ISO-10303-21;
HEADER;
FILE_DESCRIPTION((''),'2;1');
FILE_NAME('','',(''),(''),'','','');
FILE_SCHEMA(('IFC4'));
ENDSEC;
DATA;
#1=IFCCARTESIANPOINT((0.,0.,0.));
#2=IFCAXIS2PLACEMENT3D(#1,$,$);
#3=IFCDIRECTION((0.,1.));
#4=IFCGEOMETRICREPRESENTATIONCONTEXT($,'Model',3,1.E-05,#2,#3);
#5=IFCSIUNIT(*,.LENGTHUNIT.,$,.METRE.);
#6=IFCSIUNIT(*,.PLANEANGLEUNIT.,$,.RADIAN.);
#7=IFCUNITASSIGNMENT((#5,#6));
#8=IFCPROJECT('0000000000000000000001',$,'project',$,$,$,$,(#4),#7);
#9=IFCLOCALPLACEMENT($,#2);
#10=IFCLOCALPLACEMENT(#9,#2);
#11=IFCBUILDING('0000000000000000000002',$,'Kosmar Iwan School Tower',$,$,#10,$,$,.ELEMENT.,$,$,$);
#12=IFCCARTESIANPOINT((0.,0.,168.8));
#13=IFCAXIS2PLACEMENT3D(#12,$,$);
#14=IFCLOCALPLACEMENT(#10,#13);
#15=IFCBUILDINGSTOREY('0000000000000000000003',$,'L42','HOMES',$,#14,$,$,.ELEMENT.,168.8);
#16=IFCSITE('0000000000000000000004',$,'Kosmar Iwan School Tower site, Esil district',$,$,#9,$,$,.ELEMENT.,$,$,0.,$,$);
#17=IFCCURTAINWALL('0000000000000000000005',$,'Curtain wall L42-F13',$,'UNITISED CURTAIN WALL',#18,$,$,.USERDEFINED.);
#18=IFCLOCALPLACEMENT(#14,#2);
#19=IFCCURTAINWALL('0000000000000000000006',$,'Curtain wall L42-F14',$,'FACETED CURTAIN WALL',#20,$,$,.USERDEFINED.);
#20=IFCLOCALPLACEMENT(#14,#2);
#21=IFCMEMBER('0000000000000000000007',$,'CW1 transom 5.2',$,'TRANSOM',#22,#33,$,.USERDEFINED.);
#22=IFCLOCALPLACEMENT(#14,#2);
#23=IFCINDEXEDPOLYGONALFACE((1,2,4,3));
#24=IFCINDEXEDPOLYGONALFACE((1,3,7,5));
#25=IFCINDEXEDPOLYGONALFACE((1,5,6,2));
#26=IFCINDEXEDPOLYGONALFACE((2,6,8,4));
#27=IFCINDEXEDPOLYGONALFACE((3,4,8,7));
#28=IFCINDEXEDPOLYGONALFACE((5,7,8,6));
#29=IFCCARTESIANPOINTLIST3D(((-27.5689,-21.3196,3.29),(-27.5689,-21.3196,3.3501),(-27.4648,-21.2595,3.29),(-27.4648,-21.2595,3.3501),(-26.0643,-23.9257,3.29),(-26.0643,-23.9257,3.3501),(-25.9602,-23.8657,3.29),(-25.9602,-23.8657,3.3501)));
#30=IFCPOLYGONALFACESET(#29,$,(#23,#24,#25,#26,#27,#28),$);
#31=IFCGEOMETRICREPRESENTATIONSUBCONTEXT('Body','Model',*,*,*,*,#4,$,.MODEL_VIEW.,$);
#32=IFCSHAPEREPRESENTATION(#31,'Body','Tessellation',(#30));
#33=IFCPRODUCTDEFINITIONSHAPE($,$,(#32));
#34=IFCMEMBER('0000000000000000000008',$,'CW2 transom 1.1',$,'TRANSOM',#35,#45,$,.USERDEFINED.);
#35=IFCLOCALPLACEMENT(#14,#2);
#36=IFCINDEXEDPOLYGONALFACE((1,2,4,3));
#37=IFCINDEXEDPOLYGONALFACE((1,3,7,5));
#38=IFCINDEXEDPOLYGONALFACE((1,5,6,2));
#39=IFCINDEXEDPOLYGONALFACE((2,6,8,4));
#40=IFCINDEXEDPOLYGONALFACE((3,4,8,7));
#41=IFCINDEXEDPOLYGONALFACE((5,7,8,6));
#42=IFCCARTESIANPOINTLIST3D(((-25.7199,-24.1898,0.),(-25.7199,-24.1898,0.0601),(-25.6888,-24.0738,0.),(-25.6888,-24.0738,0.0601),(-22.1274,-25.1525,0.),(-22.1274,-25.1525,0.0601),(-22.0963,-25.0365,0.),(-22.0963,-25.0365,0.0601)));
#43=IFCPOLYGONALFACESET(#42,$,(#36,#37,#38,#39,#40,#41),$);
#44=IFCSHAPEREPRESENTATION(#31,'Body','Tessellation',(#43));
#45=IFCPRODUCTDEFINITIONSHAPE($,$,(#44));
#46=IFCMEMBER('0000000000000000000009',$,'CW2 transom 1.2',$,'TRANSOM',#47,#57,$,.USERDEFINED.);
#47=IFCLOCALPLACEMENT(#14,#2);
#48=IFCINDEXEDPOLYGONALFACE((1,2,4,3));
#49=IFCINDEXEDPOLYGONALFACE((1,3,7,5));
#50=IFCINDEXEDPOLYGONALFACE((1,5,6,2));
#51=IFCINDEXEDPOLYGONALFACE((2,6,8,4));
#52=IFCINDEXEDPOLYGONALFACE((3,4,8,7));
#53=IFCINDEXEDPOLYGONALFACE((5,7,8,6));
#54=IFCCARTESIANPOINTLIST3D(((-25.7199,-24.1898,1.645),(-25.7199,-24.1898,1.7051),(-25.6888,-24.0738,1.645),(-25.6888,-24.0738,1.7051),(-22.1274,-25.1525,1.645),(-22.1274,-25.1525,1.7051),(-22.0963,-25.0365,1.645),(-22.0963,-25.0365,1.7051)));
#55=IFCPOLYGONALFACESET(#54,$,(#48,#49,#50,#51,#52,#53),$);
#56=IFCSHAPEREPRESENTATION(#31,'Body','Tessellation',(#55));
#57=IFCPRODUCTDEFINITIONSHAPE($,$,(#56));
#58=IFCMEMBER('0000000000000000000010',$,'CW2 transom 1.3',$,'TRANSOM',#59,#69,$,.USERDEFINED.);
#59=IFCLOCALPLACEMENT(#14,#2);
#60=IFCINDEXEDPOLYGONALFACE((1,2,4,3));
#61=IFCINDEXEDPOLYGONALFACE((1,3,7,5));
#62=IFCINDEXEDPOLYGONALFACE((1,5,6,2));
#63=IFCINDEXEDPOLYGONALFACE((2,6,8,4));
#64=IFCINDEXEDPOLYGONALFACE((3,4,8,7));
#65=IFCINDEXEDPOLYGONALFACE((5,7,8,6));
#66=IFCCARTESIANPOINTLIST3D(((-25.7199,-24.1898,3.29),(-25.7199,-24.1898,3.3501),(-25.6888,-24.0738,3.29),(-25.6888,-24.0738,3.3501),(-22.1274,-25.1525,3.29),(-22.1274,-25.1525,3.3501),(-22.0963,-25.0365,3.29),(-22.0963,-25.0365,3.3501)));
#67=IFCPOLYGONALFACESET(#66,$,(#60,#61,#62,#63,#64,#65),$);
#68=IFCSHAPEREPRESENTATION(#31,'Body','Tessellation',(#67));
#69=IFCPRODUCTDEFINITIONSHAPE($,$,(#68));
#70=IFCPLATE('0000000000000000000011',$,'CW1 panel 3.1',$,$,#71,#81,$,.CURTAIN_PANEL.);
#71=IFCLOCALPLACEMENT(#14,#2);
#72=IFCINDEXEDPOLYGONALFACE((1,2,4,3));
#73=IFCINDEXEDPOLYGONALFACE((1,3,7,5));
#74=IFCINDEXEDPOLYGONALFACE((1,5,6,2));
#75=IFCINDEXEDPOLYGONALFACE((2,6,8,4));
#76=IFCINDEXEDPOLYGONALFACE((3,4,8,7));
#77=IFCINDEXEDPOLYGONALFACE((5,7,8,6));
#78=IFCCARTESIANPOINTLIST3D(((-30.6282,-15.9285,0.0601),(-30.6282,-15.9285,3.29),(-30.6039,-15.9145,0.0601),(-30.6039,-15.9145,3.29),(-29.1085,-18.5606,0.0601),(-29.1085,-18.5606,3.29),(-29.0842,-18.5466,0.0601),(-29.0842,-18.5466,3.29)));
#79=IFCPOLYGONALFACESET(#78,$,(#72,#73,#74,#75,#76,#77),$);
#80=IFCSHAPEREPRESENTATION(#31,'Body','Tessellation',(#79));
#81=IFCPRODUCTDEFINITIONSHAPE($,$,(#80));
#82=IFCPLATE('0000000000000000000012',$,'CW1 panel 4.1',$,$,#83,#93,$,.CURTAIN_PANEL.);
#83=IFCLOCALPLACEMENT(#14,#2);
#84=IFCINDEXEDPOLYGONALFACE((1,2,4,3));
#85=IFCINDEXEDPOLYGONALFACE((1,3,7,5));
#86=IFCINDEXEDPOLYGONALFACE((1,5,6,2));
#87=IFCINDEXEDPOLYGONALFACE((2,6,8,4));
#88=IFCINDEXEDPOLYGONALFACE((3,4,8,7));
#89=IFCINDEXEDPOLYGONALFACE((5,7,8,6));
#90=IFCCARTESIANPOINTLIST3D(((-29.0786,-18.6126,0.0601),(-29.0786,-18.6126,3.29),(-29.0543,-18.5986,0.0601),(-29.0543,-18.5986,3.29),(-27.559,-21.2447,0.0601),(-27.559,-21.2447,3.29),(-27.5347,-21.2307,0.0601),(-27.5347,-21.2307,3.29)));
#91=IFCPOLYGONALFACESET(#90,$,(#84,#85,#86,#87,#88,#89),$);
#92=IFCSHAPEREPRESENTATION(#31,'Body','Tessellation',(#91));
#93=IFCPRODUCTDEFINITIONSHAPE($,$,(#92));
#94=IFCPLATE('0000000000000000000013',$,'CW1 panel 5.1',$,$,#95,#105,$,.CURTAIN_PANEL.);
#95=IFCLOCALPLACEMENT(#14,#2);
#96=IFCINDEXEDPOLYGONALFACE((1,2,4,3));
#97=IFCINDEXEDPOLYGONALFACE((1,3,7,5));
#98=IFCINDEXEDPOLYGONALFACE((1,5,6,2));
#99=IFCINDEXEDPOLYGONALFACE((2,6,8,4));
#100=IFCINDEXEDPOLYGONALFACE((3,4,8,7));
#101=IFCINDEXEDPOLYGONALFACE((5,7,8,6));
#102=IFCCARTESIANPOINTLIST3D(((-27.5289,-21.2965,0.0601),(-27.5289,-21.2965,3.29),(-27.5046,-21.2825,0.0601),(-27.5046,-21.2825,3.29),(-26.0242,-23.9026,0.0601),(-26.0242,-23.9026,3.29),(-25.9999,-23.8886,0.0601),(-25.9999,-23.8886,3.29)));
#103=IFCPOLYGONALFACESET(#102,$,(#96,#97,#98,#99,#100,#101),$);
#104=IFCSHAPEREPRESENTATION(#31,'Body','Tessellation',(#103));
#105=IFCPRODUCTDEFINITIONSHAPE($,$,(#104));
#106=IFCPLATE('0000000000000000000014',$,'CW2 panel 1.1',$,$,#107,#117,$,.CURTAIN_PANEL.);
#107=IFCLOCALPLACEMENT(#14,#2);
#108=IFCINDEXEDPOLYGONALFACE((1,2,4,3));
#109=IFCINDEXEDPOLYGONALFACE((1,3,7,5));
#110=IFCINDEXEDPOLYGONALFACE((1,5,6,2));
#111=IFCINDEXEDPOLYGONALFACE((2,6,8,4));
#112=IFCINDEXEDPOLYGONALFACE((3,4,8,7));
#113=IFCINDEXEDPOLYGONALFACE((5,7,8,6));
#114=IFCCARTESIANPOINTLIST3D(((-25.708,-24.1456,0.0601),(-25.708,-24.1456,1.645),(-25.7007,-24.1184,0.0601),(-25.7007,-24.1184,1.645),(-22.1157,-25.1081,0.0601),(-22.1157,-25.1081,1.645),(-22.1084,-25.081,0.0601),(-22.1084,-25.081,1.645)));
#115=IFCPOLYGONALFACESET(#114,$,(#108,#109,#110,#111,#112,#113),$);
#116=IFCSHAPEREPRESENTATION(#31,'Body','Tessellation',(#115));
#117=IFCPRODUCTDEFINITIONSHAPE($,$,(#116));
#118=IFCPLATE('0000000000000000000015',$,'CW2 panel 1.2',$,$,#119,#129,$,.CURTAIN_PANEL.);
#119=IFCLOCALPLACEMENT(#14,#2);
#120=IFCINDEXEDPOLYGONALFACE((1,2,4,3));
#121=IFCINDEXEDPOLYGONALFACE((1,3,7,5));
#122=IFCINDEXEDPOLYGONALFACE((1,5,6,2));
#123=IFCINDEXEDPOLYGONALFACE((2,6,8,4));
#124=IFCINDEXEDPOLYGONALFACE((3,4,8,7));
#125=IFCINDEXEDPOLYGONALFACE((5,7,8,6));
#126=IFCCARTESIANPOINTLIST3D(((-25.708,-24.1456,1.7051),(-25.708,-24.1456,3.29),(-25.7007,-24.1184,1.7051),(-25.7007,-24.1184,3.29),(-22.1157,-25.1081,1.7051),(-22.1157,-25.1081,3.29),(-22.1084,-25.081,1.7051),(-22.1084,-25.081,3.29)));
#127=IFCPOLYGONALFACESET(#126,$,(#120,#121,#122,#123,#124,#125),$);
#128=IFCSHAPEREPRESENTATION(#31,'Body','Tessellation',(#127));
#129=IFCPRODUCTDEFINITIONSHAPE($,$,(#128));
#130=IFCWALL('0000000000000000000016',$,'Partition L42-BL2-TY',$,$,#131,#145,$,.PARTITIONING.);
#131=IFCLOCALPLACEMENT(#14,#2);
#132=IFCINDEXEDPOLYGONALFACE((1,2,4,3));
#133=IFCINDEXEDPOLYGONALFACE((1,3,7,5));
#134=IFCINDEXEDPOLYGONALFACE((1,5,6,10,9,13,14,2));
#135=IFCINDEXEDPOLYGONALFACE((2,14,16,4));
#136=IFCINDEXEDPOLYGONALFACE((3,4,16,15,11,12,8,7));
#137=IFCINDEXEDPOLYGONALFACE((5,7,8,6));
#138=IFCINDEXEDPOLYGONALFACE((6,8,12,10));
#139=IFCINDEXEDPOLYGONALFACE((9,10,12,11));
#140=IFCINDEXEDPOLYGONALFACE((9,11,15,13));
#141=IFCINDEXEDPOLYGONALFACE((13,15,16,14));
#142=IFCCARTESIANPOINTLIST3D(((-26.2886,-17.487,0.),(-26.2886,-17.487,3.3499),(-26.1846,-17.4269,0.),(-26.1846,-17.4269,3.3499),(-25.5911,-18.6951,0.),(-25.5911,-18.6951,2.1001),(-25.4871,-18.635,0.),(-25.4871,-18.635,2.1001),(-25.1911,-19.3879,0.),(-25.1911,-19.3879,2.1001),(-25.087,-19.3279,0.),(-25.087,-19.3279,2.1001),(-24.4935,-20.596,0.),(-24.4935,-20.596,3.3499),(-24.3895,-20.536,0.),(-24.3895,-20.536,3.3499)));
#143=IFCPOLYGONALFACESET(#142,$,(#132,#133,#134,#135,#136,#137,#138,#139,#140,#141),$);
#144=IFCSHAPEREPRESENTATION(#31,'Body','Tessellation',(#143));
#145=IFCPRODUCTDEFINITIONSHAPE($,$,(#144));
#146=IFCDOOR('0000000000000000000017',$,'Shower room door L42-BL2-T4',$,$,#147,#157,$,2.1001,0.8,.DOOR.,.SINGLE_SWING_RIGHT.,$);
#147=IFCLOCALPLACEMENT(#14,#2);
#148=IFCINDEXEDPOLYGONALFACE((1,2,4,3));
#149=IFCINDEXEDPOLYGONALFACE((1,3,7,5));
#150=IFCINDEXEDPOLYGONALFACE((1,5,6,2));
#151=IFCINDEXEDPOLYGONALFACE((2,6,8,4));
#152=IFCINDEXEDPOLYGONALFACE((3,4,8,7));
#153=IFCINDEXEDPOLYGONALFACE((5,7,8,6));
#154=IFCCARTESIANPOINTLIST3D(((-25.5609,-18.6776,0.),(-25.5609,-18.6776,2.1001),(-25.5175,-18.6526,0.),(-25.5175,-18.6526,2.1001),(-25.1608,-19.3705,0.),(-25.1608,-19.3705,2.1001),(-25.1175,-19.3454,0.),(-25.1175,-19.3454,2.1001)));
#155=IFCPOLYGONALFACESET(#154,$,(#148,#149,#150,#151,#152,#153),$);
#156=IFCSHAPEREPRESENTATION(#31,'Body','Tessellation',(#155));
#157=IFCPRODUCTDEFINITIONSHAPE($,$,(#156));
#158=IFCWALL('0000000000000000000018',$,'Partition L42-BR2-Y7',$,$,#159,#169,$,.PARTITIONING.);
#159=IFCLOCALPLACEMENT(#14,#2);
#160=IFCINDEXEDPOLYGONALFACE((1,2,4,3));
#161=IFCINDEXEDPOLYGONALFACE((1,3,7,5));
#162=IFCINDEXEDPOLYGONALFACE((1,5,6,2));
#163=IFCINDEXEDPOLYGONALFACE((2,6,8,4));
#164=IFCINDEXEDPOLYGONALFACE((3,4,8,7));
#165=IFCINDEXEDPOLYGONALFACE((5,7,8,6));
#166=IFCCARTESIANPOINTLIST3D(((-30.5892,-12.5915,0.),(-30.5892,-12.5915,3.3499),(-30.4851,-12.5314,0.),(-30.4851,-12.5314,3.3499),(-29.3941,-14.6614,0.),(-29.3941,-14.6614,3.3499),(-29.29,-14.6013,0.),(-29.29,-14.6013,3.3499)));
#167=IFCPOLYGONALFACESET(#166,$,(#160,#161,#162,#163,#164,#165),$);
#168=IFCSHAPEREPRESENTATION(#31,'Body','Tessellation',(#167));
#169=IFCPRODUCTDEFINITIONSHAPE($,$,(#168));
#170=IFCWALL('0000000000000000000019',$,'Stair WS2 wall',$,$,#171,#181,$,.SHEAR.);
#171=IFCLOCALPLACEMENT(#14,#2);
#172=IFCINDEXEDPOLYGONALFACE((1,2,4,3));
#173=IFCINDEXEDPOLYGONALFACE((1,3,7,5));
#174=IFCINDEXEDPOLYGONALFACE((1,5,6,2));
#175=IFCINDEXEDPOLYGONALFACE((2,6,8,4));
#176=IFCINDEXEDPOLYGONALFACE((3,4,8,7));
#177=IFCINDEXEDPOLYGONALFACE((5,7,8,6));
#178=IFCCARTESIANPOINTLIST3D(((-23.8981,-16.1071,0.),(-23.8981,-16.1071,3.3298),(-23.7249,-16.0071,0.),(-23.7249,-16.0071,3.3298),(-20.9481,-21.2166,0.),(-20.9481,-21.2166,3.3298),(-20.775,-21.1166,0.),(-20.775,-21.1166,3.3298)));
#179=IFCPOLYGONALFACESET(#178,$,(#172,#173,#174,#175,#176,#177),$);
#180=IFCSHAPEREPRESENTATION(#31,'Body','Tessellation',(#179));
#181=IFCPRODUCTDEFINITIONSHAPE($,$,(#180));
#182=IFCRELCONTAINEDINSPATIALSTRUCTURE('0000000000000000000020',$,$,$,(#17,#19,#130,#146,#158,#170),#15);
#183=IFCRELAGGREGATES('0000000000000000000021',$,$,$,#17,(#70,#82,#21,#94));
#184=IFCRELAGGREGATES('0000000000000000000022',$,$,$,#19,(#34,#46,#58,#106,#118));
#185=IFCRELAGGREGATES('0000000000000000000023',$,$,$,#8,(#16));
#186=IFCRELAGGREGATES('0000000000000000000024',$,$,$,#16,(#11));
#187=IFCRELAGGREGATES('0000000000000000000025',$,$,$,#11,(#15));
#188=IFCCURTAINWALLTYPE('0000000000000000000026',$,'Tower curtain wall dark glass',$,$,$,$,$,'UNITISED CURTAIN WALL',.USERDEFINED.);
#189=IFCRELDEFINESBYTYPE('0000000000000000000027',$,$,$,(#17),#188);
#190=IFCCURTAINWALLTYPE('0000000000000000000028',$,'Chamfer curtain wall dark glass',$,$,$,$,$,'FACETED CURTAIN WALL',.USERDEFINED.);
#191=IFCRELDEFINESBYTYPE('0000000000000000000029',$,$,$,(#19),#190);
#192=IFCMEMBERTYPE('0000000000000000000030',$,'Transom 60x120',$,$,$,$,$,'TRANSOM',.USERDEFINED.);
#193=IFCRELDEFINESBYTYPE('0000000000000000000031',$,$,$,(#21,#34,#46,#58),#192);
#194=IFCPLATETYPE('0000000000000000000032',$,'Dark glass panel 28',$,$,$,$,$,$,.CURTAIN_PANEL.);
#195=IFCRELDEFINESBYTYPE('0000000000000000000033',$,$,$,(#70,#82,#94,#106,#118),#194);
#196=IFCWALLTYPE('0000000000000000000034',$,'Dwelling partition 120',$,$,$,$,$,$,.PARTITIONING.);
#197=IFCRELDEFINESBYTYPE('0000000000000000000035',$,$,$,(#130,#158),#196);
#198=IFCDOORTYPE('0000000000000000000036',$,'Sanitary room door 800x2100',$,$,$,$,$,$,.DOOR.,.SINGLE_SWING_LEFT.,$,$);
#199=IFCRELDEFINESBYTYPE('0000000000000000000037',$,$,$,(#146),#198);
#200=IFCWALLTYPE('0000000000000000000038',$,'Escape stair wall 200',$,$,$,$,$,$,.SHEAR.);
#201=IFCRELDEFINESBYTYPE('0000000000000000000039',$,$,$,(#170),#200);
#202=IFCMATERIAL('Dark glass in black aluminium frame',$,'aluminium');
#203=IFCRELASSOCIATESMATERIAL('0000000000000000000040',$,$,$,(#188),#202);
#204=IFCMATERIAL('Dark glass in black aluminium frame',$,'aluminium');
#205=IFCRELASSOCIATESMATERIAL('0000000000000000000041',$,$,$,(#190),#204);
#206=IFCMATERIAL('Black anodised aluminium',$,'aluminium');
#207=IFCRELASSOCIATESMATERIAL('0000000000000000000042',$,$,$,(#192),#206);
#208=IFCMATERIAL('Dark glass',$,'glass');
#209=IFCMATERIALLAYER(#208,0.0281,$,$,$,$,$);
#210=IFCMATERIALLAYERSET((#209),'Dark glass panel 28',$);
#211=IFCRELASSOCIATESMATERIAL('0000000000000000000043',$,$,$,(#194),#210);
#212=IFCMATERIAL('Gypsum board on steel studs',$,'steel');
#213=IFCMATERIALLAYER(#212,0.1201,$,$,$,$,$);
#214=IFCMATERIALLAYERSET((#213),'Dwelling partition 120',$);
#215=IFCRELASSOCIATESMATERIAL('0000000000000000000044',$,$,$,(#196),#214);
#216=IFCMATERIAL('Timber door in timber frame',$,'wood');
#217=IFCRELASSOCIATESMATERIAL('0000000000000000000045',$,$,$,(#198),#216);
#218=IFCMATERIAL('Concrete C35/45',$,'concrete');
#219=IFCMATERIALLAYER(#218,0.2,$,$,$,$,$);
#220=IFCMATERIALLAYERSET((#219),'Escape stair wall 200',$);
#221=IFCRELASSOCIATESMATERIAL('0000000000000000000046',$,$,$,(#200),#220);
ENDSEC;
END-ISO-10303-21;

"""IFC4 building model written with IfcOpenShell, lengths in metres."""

from ifc_helpers import new_model, si_unit, direction, frame, frame_2d, origin, origin_2d, place, context, subcontext, project, spatial, rectangle, extrude, material, layer, layer_set, material_profile, profile_set, type_object, element, fill, aggregate, save


model = new_model("IFC4")

# Units and contexts
model_context = context("Model", 3, precision=1e-05, world=origin(), true_north=direction((0.0, 1.0)))
body_context = subcontext(model_context, "Body", "Model", "MODEL_VIEW")
ifc_project = project(units=[si_unit("LENGTHUNIT", "METRE"), si_unit("PLANEANGLEUNIT", "RADIAN")], contexts=[model_context])

# Site, building, storey
site_placement = place(None, origin())
site = spatial("IfcSite", under=ifc_project, at=site_placement, Name="Kosmar Iwan School Tower site, Esil district", CompositionType="ELEMENT", RefElevation=0.0)
building_placement = place(site_placement, origin())
building = spatial("IfcBuilding", under=site, at=building_placement, Name="Kosmar Iwan School Tower", CompositionType="ELEMENT")
storey_placement = place(building_placement, frame((0.0, 0.0, 168.8)))
storey = spatial("IfcBuildingStorey", under=building, at=storey_placement, Name="L42", Description="HOMES", CompositionType="ELEMENT", Elevation=168.8)

# Curtain wall
ifc_material_1 = material(Name="Dark glass in black aluminium frame", Category="aluminium")
curtain_wall_type_1 = type_object("IfcCurtainWallType", Name="Tower curtain wall dark glass", ElementType="UNITISED CURTAIN WALL", PredefinedType="USERDEFINED", material=ifc_material_1)
curtain_wall_1_placement = place(storey_placement, origin())
curtain_wall_1 = element("IfcCurtainWall", 1, at=curtain_wall_1_placement, inside=storey, type_object=curtain_wall_type_1, Name="Curtain wall L42-F13", ObjectType="UNITISED CURTAIN WALL", PredefinedType="USERDEFINED")

# Curtain wall
ifc_material_2 = material(Name="Dark glass in black aluminium frame", Category="aluminium")
curtain_wall_type_2 = type_object("IfcCurtainWallType", Name="Chamfer curtain wall dark glass", ElementType="FACETED CURTAIN WALL", PredefinedType="USERDEFINED", material=ifc_material_2)
curtain_wall_2_placement = place(storey_placement, origin())
curtain_wall_2 = element("IfcCurtainWall", 2, at=curtain_wall_2_placement, inside=storey, type_object=curtain_wall_type_2, Name="Curtain wall L42-F14", ObjectType="FACETED CURTAIN WALL", PredefinedType="USERDEFINED")

# Members
ifc_material_3 = material(Name="Black anodised aluminium", Category="aluminium")
ifc_material_profile_1 = material_profile(ifc_material_3, rectangle(XDim=0.1201, YDim=0.0601, at=origin_2d()), Name="TRANSOM 60x120")
ifc_profile_set_1 = profile_set([ifc_material_profile_1], Name="Black anodised aluminium")
member_type_1 = type_object("IfcMemberType", Name="Transom 60x120", ElementType="TRANSOM", PredefinedType="USERDEFINED", material=ifc_profile_set_1)
member_1_placement = place(storey_placement, frame((-27.5168, -21.2896, 3.3201), z_axis=(0.499987, -0.866033, 0.0), x_axis=(0.866033, 0.499987, 0.0)))
member_1 = element("IfcMember", 3, at=member_1_placement, type_object=member_type_1, Name="CW1 transom 5.2", ObjectType="TRANSOM", PredefinedType="USERDEFINED", context=body_context, shape_type="SweptSolid", body=[
    extrude(rectangle(XDim=0.1201, YDim=0.0601, at=origin_2d()), origin(), (0.0, 0.0, 1.0), 3.0093),
])
member_2_placement = place(storey_placement, frame((-25.7043, -24.1318, 0.03), z_axis=(0.965924, -0.258827, 0.0), x_axis=(0.258827, 0.965924, 0.0)))
member_2 = element("IfcMember", 4, at=member_2_placement, type_object=member_type_1, Name="CW2 transom 1.1", ObjectType="TRANSOM", PredefinedType="USERDEFINED", context=body_context, shape_type="SweptSolid", body=[
    extrude(rectangle(XDim=0.1201, YDim=0.0601, at=origin_2d()), origin(), (0.0, 0.0, 1.0), 3.7192),
])
member_3_placement = place(storey_placement, frame((-25.7043, -24.1318, 1.675), z_axis=(0.965924, -0.258827, 0.0), x_axis=(0.258827, 0.965924, 0.0)))
member_3 = element("IfcMember", 5, at=member_3_placement, type_object=member_type_1, Name="CW2 transom 1.2", ObjectType="TRANSOM", PredefinedType="USERDEFINED", context=body_context, shape_type="SweptSolid", body=[
    extrude(rectangle(XDim=0.1201, YDim=0.0601, at=origin_2d()), origin(), (0.0, 0.0, 1.0), 3.7192),
])
member_4_placement = place(storey_placement, frame((-25.7043, -24.1318, 3.3201), z_axis=(0.965924, -0.258827, 0.0), x_axis=(0.258827, 0.965924, 0.0)))
member_4 = element("IfcMember", 6, at=member_4_placement, type_object=member_type_1, Name="CW2 transom 1.3", ObjectType="TRANSOM", PredefinedType="USERDEFINED", context=body_context, shape_type="SweptSolid", body=[
    extrude(rectangle(XDim=0.1201, YDim=0.0601, at=origin_2d()), origin(), (0.0, 0.0, 1.0), 3.7192),
])

# Plates
ifc_material_4 = material(Name="Dark glass", Category="glass")
ifc_layer_1 = layer(ifc_material_4, 0.0281)
ifc_layer_set_1 = layer_set([ifc_layer_1], Name="Dark glass panel 28")
plate_type = type_object("IfcPlateType", Name="Dark glass panel 28", PredefinedType="CURTAIN_PANEL", material=ifc_layer_set_1)
plate_1_placement = place(storey_placement, frame((-29.8562, -17.2375, 0.0601), z_axis=(0.0, 0.0, 1.0), x_axis=(0.5, -0.866025, 0.0)))
plate_1 = element("IfcPlate", 7, at=plate_1_placement, type_object=plate_type, Name="CW1 panel 3.1", PredefinedType="CURTAIN_PANEL", context=body_context, shape_type="SweptSolid", body=[
    extrude(rectangle(XDim=3.0393, YDim=0.0281, at=origin_2d()), origin(), (0.0, 0.0, 1.0), 3.23),
])
plate_2_placement = place(storey_placement, frame((-28.3066, -19.9216, 0.0601), z_axis=(0.0, 0.0, 1.0), x_axis=(0.5, -0.866025, 0.0)))
plate_2 = element("IfcPlate", 8, at=plate_2_placement, type_object=plate_type, Name="CW1 panel 4.1", PredefinedType="CURTAIN_PANEL", context=body_context, shape_type="SweptSolid", body=[
    extrude(rectangle(XDim=3.0393, YDim=0.0281, at=origin_2d()), origin(), (0.0, 0.0, 1.0), 3.23),
])
plate_3_placement = place(storey_placement, frame((-26.7644, -22.5925, 0.0601), z_axis=(0.0, 0.0, 1.0), x_axis=(0.5, -0.866025, 0.0)))
plate_3 = element("IfcPlate", 9, at=plate_3_placement, type_object=plate_type, Name="CW1 panel 5.1", PredefinedType="CURTAIN_PANEL", context=body_context, shape_type="SweptSolid", body=[
    extrude(rectangle(XDim=3.0093, YDim=0.0281, at=origin_2d()), origin(), (0.0, 0.0, 1.0), 3.23),
])
aggregate(curtain_wall_1, [plate_1, plate_2, member_1, plate_3])
plate_4_placement = place(storey_placement, frame((-23.9082, -24.6133, 0.0601), z_axis=(0.0, 0.0, 1.0), x_axis=(0.965926, -0.258819, 0.0)))
plate_4 = element("IfcPlate", 10, at=plate_4_placement, type_object=plate_type, Name="CW2 panel 1.1", PredefinedType="CURTAIN_PANEL", context=body_context, shape_type="SweptSolid", body=[
    extrude(rectangle(XDim=3.719, YDim=0.0281, at=origin_2d()), origin(), (0.0, 0.0, 1.0), 1.585),
])
plate_5_placement = place(storey_placement, frame((-23.9082, -24.6133, 1.7051), z_axis=(0.0, 0.0, 1.0), x_axis=(0.965926, -0.258819, 0.0)))
plate_5 = element("IfcPlate", 11, at=plate_5_placement, type_object=plate_type, Name="CW2 panel 1.2", PredefinedType="CURTAIN_PANEL", context=body_context, shape_type="SweptSolid", body=[
    extrude(rectangle(XDim=3.719, YDim=0.0281, at=origin_2d()), origin(), (0.0, 0.0, 1.0), 1.585),
])
aggregate(curtain_wall_2, [member_2, member_3, member_4, plate_4, plate_5])

# Wall, opening, door
ifc_material_5 = material(Name="Gypsum board on steel studs", Category="steel")
ifc_layer_2 = layer(ifc_material_5, 0.1201)
ifc_layer_set_2 = layer_set([ifc_layer_2], Name="Dwelling partition 120")
wall_type_1 = type_object("IfcWallType", Name="Dwelling partition 120", PredefinedType="PARTITIONING", material=ifc_layer_set_2)
wall_1_placement = place(storey_placement, frame((-26.2366, -17.457, 0.0), z_axis=(0.0, 0.0, 1.0), x_axis=(0.500023, -0.866012, 0.0)))
wall_1 = element("IfcWall", 12, at=wall_1_placement, inside=storey, type_object=wall_type_1, Name="Partition L42-BL2-TY", PredefinedType="PARTITIONING", context=body_context, shape_type="SweptSolid", body=[
    extrude(rectangle(XDim=3.5901, YDim=0.1201, at=frame_2d((1.7949, 0.0))), origin(), (0.0, 0.0, 1.0), 3.3499),
])
opening_placement = place(wall_1_placement, frame((1.395, 0.0, 0.0)))
opening = element("IfcOpeningElement", 13, at=opening_placement, cuts=wall_1, PredefinedType="OPENING", context=body_context, shape_type="SweptSolid", body=[
    extrude(rectangle(XDim=0.8, YDim=2.1001, at=frame_2d((0.3999, 1.05))), frame((0.0, 0.072, 0.0), z_axis=(0.0, -1.0, 0.0), x_axis=(1.0, 0.0, 0.0)), (0.0, 0.0, 1.0), 0.144),
])
ifc_material_6 = material(Name="Timber door in timber frame", Category="wood")
door_type = type_object("IfcDoorType", Name="Sanitary room door 800x2100", OperationType="SINGLE_SWING_LEFT", PredefinedType="DOOR", material=ifc_material_6)
door_placement = place(opening_placement, origin())
door = element("IfcDoor", 14, at=door_placement, inside=storey, type_object=door_type, Name="Shower room door L42-BL2-T4", OperationType="SINGLE_SWING_RIGHT", OverallHeight=2.1001, OverallWidth=0.8, PredefinedType="DOOR", context=body_context, shape_type="SweptSolid", body=[
    extrude(rectangle(XDim=0.8, YDim=2.1001, at=frame_2d((0.3999, 1.05))), frame((0.0, 0.0249, 0.0), z_axis=(0.0, -1.0, 0.0), x_axis=(1.0, 0.0, 0.0)), (0.0, 0.0, 1.0), 0.05),
])
fill(opening, door)

# Walls
wall_2_placement = place(storey_placement, frame((-29.342, -14.6313, 0.0), z_axis=(0.0, 0.0, 1.0), x_axis=(-0.500017, 0.866015, 0.0)))
element("IfcWall", 15, at=wall_2_placement, inside=storey, type_object=wall_type_1, Name="Partition L42-BR2-Y7", PredefinedType="PARTITIONING", context=body_context, shape_type="SweptSolid", body=[
    extrude(rectangle(XDim=2.3901, YDim=0.1201, at=frame_2d((1.1951, 0.0))), origin(), (0.0, 0.0, 1.0), 3.3499),
])
ifc_material_7 = material(Name="Concrete C35/45", Category="concrete")
ifc_layer_3 = layer(ifc_material_7, 0.2)
ifc_layer_set_3 = layer_set([ifc_layer_3], Name="Escape stair wall 200")
wall_type_2 = type_object("IfcWallType", Name="Escape stair wall 200", PredefinedType="SHEAR", material=ifc_layer_set_3)
wall_3_placement = place(storey_placement, frame((-23.8115, -16.0571, 0.0), z_axis=(0.0, 0.0, 1.0), x_axis=(0.500007, -0.866022, 0.0)))
element("IfcWall", 16, at=wall_3_placement, inside=storey, type_object=wall_type_2, Name="Stair WS2 wall", PredefinedType="SHEAR", context=body_context, shape_type="SweptSolid", body=[
    extrude(rectangle(XDim=5.8999, YDim=0.2, at=frame_2d((2.95, 0.0))), origin(), (0.0, 0.0, 1.0), 3.3298),
])

save(model, "model.ifc")
